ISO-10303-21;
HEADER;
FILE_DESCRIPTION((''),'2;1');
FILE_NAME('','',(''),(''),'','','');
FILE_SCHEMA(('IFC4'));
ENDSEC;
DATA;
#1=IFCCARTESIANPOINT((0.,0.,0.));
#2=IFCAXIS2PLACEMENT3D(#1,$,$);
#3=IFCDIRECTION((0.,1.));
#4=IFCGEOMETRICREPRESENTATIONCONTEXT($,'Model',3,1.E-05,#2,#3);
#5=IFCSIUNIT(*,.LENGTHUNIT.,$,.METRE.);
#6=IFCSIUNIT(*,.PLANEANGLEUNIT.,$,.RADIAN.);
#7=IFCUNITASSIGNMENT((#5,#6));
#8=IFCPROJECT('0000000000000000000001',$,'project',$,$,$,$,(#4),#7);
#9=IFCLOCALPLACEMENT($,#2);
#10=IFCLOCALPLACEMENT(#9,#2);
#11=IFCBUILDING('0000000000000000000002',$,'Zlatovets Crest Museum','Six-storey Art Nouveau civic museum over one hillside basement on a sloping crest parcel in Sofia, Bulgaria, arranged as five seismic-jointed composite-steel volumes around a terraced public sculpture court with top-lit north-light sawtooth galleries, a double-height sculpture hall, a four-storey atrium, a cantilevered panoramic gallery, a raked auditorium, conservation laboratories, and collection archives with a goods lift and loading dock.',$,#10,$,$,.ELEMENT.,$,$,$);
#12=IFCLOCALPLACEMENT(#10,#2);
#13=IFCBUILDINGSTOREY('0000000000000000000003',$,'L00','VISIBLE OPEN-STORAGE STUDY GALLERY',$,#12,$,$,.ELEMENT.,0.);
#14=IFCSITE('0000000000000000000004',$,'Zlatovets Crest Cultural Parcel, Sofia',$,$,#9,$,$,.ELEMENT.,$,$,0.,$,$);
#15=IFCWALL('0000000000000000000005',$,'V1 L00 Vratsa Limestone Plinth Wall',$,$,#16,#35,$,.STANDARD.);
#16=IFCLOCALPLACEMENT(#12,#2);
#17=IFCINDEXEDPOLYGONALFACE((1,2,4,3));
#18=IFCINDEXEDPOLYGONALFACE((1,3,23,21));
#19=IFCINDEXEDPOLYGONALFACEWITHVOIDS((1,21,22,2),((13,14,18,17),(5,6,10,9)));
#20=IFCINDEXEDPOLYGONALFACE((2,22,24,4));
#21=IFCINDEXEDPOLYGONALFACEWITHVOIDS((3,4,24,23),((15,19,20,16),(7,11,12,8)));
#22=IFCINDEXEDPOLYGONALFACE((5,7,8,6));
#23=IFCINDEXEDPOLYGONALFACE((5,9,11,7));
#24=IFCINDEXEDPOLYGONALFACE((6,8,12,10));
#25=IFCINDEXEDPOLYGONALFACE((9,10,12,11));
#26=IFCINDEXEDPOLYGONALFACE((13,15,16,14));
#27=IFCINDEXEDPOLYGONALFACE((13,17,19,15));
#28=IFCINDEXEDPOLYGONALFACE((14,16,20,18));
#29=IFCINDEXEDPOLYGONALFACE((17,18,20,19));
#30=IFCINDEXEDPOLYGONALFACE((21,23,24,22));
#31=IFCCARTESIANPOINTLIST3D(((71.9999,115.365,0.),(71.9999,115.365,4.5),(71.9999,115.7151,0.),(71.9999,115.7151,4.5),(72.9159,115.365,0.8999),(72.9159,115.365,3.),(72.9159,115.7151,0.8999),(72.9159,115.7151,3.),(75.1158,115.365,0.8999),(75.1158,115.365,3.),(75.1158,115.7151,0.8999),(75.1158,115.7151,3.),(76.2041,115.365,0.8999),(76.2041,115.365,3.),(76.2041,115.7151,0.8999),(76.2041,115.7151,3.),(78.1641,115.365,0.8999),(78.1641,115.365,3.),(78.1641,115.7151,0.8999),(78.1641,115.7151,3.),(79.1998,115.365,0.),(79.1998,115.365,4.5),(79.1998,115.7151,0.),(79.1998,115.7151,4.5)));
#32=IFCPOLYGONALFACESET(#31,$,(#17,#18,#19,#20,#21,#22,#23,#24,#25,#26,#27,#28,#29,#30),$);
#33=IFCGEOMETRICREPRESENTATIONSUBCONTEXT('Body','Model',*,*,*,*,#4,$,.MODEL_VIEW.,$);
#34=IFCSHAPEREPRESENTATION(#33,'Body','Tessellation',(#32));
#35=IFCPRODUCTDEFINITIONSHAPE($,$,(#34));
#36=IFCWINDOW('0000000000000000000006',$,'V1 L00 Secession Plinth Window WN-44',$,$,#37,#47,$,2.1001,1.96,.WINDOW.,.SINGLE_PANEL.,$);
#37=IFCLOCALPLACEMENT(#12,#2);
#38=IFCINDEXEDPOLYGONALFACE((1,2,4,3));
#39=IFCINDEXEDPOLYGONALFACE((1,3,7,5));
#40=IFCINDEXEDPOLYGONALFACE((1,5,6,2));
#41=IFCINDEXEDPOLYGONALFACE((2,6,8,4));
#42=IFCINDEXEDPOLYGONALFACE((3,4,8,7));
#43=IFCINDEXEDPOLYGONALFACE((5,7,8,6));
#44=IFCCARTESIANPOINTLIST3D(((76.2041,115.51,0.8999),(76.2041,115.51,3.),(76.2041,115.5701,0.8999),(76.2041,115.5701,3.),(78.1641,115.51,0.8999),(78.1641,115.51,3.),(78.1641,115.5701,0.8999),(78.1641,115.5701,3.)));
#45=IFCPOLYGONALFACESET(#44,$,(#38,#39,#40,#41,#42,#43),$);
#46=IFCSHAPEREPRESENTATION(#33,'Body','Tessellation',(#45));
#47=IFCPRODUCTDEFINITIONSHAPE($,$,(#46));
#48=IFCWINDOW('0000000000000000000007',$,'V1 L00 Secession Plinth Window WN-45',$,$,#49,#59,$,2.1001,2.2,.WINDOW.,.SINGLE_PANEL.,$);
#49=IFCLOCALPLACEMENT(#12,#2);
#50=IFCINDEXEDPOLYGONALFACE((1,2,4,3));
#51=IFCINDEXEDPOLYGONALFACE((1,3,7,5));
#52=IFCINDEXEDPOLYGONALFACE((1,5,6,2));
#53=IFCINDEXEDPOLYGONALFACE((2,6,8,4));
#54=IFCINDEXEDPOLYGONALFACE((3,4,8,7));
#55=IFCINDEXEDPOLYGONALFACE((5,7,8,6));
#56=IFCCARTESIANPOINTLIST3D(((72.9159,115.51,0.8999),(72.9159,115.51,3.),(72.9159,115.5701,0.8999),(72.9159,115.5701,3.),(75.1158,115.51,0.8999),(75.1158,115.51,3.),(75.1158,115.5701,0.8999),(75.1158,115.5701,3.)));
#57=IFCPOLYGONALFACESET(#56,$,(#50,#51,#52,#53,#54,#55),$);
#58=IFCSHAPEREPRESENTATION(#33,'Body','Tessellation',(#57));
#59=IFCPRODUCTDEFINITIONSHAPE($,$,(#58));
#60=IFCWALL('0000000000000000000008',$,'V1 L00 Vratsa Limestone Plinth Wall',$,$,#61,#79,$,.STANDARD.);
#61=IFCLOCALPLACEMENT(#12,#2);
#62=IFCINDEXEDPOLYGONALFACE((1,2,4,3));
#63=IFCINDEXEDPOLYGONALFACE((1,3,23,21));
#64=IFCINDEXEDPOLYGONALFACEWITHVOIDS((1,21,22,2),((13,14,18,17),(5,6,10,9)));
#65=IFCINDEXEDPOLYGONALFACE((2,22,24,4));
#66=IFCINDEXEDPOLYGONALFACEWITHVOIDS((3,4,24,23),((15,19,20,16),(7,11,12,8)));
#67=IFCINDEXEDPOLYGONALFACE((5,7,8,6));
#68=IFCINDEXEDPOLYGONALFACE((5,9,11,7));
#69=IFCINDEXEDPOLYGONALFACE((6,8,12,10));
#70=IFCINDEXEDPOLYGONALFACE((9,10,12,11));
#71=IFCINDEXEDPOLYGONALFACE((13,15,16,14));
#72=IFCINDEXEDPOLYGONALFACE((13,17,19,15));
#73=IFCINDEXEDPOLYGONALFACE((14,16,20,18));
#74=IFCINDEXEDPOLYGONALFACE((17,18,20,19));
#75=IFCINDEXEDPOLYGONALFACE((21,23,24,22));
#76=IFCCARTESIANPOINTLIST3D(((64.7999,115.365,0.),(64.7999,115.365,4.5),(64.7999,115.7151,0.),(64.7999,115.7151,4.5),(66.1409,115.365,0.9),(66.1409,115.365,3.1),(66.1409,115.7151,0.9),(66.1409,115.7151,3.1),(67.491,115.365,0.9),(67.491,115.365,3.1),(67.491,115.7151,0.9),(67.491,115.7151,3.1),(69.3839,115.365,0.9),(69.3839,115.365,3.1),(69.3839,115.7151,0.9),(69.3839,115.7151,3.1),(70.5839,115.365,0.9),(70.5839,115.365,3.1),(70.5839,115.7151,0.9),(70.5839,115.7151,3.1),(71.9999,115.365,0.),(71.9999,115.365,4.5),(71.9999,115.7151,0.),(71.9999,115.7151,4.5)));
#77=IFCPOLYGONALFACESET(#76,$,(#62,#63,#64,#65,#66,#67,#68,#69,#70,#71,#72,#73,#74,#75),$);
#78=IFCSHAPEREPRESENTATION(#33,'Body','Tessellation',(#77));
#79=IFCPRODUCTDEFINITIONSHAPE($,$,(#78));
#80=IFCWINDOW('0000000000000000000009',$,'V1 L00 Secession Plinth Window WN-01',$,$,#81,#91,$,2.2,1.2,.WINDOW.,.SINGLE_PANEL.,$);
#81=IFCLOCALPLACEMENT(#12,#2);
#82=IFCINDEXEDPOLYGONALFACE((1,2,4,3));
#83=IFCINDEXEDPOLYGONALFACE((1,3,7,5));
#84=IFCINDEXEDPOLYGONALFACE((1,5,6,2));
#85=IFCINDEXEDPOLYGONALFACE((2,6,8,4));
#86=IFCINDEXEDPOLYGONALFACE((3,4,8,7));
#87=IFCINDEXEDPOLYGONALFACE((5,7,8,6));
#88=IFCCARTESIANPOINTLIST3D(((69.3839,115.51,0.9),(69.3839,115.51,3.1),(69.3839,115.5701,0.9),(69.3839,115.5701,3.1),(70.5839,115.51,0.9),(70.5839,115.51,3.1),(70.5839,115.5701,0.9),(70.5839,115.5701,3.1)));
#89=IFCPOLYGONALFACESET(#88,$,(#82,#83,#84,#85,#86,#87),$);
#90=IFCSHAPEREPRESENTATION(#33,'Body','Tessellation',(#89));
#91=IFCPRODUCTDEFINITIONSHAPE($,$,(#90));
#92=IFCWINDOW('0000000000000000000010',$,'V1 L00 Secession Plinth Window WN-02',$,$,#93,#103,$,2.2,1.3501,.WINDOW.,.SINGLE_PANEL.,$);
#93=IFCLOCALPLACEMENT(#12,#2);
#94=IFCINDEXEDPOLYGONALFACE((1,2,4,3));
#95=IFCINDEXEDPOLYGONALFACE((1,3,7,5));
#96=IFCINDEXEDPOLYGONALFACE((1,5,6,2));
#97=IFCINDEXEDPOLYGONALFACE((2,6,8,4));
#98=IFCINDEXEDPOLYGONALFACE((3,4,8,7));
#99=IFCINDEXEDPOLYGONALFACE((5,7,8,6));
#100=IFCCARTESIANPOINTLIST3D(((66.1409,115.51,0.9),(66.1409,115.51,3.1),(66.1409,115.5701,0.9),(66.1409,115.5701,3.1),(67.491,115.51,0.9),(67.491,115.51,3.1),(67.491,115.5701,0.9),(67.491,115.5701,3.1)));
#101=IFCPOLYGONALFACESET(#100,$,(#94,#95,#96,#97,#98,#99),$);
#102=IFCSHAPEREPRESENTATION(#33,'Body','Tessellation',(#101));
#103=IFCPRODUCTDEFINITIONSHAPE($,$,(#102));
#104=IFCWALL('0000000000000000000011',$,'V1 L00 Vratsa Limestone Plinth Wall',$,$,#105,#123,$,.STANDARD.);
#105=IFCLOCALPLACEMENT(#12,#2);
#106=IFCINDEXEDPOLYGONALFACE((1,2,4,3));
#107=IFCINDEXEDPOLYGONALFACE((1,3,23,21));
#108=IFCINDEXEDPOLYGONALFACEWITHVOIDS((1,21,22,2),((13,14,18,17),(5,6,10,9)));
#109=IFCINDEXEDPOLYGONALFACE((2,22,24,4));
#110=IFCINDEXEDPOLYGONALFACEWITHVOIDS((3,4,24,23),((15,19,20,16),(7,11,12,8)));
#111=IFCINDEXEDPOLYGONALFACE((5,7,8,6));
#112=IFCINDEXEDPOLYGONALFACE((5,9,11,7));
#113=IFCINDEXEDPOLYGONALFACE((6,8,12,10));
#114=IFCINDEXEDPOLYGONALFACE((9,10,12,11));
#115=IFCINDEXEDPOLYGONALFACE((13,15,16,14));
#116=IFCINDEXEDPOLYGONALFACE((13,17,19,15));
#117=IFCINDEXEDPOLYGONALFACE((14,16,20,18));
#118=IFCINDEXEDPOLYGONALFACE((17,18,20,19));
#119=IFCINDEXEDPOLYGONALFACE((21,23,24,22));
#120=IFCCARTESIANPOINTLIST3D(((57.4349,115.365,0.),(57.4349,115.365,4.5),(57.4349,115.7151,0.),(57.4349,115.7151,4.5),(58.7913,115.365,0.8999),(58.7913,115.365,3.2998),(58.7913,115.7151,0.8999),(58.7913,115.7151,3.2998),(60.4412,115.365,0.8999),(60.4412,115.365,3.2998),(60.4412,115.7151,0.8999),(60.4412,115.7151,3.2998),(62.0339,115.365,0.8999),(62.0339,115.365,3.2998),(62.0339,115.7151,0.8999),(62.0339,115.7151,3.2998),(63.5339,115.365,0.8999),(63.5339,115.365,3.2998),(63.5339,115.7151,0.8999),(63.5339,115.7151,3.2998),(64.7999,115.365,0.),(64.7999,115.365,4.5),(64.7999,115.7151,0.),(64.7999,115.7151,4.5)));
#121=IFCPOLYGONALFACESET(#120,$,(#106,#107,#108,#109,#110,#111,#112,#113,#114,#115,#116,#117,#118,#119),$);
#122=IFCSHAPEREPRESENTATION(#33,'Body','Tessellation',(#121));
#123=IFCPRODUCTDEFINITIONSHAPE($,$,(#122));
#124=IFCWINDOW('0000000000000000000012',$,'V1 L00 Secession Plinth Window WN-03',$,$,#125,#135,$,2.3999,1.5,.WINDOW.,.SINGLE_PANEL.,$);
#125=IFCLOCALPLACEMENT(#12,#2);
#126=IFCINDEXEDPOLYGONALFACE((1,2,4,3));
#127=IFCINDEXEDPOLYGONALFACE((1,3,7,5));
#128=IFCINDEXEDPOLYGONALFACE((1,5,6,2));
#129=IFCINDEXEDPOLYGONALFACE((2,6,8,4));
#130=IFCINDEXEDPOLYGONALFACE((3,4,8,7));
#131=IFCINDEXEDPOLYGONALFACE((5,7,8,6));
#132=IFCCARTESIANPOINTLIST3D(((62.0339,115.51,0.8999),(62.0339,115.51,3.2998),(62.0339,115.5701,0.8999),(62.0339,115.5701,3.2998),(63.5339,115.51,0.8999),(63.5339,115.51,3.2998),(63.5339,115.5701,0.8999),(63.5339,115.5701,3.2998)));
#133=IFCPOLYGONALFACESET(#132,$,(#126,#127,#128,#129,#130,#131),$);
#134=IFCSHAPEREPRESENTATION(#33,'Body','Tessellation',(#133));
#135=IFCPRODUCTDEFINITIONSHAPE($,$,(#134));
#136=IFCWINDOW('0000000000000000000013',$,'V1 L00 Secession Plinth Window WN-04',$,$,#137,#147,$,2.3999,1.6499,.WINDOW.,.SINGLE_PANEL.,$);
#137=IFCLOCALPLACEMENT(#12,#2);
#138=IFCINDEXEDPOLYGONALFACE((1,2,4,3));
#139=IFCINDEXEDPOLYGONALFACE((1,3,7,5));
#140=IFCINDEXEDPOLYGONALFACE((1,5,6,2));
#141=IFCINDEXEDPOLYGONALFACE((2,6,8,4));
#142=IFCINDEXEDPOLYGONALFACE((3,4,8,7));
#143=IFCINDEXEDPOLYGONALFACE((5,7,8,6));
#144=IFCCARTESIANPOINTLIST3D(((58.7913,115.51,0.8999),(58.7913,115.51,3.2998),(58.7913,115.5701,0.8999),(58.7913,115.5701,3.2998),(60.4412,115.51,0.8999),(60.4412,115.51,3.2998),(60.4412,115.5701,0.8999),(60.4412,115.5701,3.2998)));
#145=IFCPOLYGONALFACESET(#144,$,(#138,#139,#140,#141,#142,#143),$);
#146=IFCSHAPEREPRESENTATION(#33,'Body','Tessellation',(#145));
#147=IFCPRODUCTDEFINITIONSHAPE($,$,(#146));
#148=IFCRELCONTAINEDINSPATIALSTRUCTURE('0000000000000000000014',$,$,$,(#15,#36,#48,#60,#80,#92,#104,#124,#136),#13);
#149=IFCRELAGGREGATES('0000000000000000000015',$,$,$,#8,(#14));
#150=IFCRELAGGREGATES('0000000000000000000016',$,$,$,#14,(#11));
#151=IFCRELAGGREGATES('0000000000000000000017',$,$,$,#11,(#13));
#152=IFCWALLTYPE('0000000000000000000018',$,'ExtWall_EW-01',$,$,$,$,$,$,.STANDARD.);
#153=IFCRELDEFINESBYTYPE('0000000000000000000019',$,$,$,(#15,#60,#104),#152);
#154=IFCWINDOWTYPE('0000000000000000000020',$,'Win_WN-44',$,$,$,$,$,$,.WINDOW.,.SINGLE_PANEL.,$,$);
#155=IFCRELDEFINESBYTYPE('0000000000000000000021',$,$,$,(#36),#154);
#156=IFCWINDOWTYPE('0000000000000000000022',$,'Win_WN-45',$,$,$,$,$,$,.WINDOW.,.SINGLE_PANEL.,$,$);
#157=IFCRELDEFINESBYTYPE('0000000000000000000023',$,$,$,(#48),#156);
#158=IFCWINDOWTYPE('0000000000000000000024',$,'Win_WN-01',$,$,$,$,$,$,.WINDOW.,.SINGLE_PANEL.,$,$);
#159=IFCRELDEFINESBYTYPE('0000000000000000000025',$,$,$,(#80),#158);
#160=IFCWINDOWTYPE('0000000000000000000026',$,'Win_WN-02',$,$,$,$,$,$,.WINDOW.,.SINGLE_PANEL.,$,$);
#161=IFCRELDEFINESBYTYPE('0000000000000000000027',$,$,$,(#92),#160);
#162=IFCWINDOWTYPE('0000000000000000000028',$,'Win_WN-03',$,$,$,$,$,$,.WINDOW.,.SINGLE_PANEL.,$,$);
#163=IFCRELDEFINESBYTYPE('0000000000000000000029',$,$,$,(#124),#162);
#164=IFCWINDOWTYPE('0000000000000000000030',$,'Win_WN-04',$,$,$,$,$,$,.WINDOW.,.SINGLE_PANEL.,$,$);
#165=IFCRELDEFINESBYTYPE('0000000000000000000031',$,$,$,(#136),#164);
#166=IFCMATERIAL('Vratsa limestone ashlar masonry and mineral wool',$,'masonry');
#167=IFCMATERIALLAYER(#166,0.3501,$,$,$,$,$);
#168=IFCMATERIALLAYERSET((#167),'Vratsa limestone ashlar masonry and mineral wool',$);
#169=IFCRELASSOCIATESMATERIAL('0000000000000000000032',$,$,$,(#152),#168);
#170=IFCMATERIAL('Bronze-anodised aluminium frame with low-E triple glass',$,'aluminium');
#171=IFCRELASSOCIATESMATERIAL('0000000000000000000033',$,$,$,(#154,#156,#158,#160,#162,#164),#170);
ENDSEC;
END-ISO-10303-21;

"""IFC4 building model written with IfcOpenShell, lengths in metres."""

from ifc_helpers import new_model, si_unit, direction, frame, frame_2d, origin, place, context, subcontext, project, spatial, rectangle, extrude, material, layer, layer_set, type_object, element, fill, save


model = new_model("IFC4")

# Units and contexts
model_context = context("Model", 3, precision=1e-05, world=origin(), true_north=direction((0.0, 1.0)))
body_context = subcontext(model_context, "Body", "Model", "MODEL_VIEW")
ifc_project = project(units=[si_unit("LENGTHUNIT", "METRE"), si_unit("PLANEANGLEUNIT", "RADIAN")], contexts=[model_context])

# Site, building, storey
site_placement = place(None, origin())
site = spatial("IfcSite", under=ifc_project, at=site_placement, Name="Zlatovets Crest Cultural Parcel, Sofia", CompositionType="ELEMENT", RefElevation=0.0)
building_placement = place(site_placement, origin())
building = spatial("IfcBuilding", under=site, at=building_placement, Name="Zlatovets Crest Museum", Description="Six-storey Art Nouveau civic museum over one hillside basement on a sloping crest parcel in Sofia, Bulgaria, arranged as five seismic-jointed composite-steel volumes around a terraced public sculpture court with top-lit north-light sawtooth galleries, a double-height sculpture hall, a four-storey atrium, a cantilevered panoramic gallery, a raked auditorium, conservation laboratories, and collection archives with a goods lift and loading dock.", CompositionType="ELEMENT")
storey_placement = place(building_placement, origin())
storey = spatial("IfcBuildingStorey", under=building, at=storey_placement, Name="L00", Description="VISIBLE OPEN-STORAGE STUDY GALLERY", CompositionType="ELEMENT", Elevation=0.0)

# Walls, openings, windows
ifc_material_1 = material(Name="Vratsa limestone ashlar masonry and mineral wool", Category="masonry")
ifc_layer_1 = layer(ifc_material_1, 0.3501)
ifc_layer_set_1 = layer_set([ifc_layer_1], Name="Vratsa limestone ashlar masonry and mineral wool")
wall_type_1 = type_object("IfcWallType", Name="ExtWall_EW-01", PredefinedType="STANDARD", material=ifc_layer_set_1)
wall_1_placement = place(storey_placement, frame((79.2, 115.54, 0.0), z_axis=(0.0, 0.0, 1.0), x_axis=(-1.0, 0.0, 0.0)))
wall_1 = element("IfcWall", 1, at=wall_1_placement, inside=storey, type_object=wall_type_1, Name="V1 L00 Vratsa Limestone Plinth Wall", PredefinedType="STANDARD", context=body_context, shape_type="SweptSolid", body=[
    extrude(rectangle(XDim=7.2, YDim=0.3501, at=frame_2d((3.6001, 0.0))), origin(), (0.0, 0.0, 1.0), 4.5),
])
opening_1_placement = place(wall_1_placement, frame((1.0359, 0.0, 0.8999)))
opening_1 = element("IfcOpeningElement", 2, at=opening_1_placement, cuts=wall_1, PredefinedType="OPENING", context=body_context, shape_type="SweptSolid", body=[
    extrude(rectangle(XDim=1.96, YDim=2.1001, at=frame_2d((0.98, 1.05))), frame((0.0, 0.1851, 0.0), z_axis=(0.0, -1.0, 0.0), x_axis=(1.0, 0.0, 0.0)), (0.0, 0.0, 1.0), 0.3701),
])
opening_2_placement = place(wall_1_placement, frame((4.084, 0.0, 0.8999)))
opening_2 = element("IfcOpeningElement", 3, at=opening_2_placement, cuts=wall_1, PredefinedType="OPENING", context=body_context, shape_type="SweptSolid", body=[
    extrude(rectangle(XDim=2.2, YDim=2.1001, at=frame_2d((1.1001, 1.05))), frame((0.0, 0.1851, 0.0), z_axis=(0.0, -1.0, 0.0), x_axis=(1.0, 0.0, 0.0)), (0.0, 0.0, 1.0), 0.3701),
])
ifc_material_2 = material(Name="Bronze-anodised aluminium frame with low-E triple glass", Category="aluminium")
window_type_1 = type_object("IfcWindowType", Name="Win_WN-44", PartitioningType="SINGLE_PANEL", PredefinedType="WINDOW", material=ifc_material_2)
window_1_placement = place(opening_1_placement, origin())
window_1 = element("IfcWindow", 4, at=window_1_placement, inside=storey, type_object=window_type_1, Name="V1 L00 Secession Plinth Window WN-44", OverallHeight=2.1001, OverallWidth=1.96, PartitioningType="SINGLE_PANEL", PredefinedType="WINDOW", context=body_context, shape_type="SweptSolid", body=[
    extrude(rectangle(XDim=1.96, YDim=2.1001, at=frame_2d((0.98, 1.05))), frame((0.0, 0.03, 0.0), z_axis=(0.0, -1.0, 0.0), x_axis=(1.0, 0.0, 0.0)), (0.0, 0.0, 1.0), 0.0601),
])
fill(opening_1, window_1)
window_type_2 = type_object("IfcWindowType", Name="Win_WN-45", PartitioningType="SINGLE_PANEL", PredefinedType="WINDOW", material=ifc_material_2)
window_2_placement = place(opening_2_placement, origin())
window_2 = element("IfcWindow", 5, at=window_2_placement, inside=storey, type_object=window_type_2, Name="V1 L00 Secession Plinth Window WN-45", OverallHeight=2.1001, OverallWidth=2.2, PartitioningType="SINGLE_PANEL", PredefinedType="WINDOW", context=body_context, shape_type="SweptSolid", body=[
    extrude(rectangle(XDim=2.2, YDim=2.1001, at=frame_2d((1.1001, 1.05))), frame((0.0, 0.03, 0.0), z_axis=(0.0, -1.0, 0.0), x_axis=(1.0, 0.0, 0.0)), (0.0, 0.0, 1.0), 0.0601),
])
fill(opening_2, window_2)
wall_2_placement = place(storey_placement, frame((72.0, 115.54, 0.0), z_axis=(0.0, 0.0, 1.0), x_axis=(-1.0, 0.0, 0.0)))
wall_2 = element("IfcWall", 6, at=wall_2_placement, inside=storey, type_object=wall_type_1, Name="V1 L00 Vratsa Limestone Plinth Wall", PredefinedType="STANDARD", context=body_context, shape_type="SweptSolid", body=[
    extrude(rectangle(XDim=7.2, YDim=0.3501, at=frame_2d((3.6001, 0.0))), origin(), (0.0, 0.0, 1.0), 4.5),
])
opening_3_placement = place(wall_2_placement, frame((1.416, 0.0, 0.8999)))
opening_3 = element("IfcOpeningElement", 7, at=opening_3_placement, cuts=wall_2, PredefinedType="OPENING", context=body_context, shape_type="SweptSolid", body=[
    extrude(rectangle(XDim=1.2, YDim=2.2, at=frame_2d((0.6001, 1.1001))), frame((0.0, 0.1851, 0.0), z_axis=(0.0, -1.0, 0.0), x_axis=(1.0, 0.0, 0.0)), (0.0, 0.0, 1.0), 0.3701),
])
opening_4_placement = place(wall_2_placement, frame((4.509, 0.0, 0.8999)))
opening_4 = element("IfcOpeningElement", 8, at=opening_4_placement, cuts=wall_2, PredefinedType="OPENING", context=body_context, shape_type="SweptSolid", body=[
    extrude(rectangle(XDim=1.3501, YDim=2.2, at=frame_2d((0.675, 1.1001))), frame((0.0, 0.1851, 0.0), z_axis=(0.0, -1.0, 0.0), x_axis=(1.0, 0.0, 0.0)), (0.0, 0.0, 1.0), 0.3701),
])
window_type_3 = type_object("IfcWindowType", Name="Win_WN-01", PartitioningType="SINGLE_PANEL", PredefinedType="WINDOW", material=ifc_material_2)
window_3_placement = place(opening_3_placement, origin())
window_3 = element("IfcWindow", 9, at=window_3_placement, inside=storey, type_object=window_type_3, Name="V1 L00 Secession Plinth Window WN-01", OverallHeight=2.2, OverallWidth=1.2, PartitioningType="SINGLE_PANEL", PredefinedType="WINDOW", context=body_context, shape_type="SweptSolid", body=[
    extrude(rectangle(XDim=1.2, YDim=2.2, at=frame_2d((0.6001, 1.1001))), frame((0.0, 0.03, 0.0), z_axis=(0.0, -1.0, 0.0), x_axis=(1.0, 0.0, 0.0)), (0.0, 0.0, 1.0), 0.0601),
])
fill(opening_3, window_3)
window_type_4 = type_object("IfcWindowType", Name="Win_WN-02", PartitioningType="SINGLE_PANEL", PredefinedType="WINDOW", material=ifc_material_2)
window_4_placement = place(opening_4_placement, origin())
window_4 = element("IfcWindow", 10, at=window_4_placement, inside=storey, type_object=window_type_4, Name="V1 L00 Secession Plinth Window WN-02", OverallHeight=2.2, OverallWidth=1.3501, PartitioningType="SINGLE_PANEL", PredefinedType="WINDOW", context=body_context, shape_type="SweptSolid", body=[
    extrude(rectangle(XDim=1.3501, YDim=2.2, at=frame_2d((0.675, 1.1001))), frame((0.0, 0.03, 0.0), z_axis=(0.0, -1.0, 0.0), x_axis=(1.0, 0.0, 0.0)), (0.0, 0.0, 1.0), 0.0601),
])
fill(opening_4, window_4)
wall_3_placement = place(storey_placement, frame((64.8, 115.54, 0.0), z_axis=(0.0, 0.0, 1.0), x_axis=(-1.0, 0.0, 0.0)))
wall_3 = element("IfcWall", 11, at=wall_3_placement, inside=storey, type_object=wall_type_1, Name="V1 L00 Vratsa Limestone Plinth Wall", PredefinedType="STANDARD", context=body_context, shape_type="SweptSolid", body=[
    extrude(rectangle(XDim=7.365, YDim=0.3501, at=frame_2d((3.6826, 0.0))), origin(), (0.0, 0.0, 1.0), 4.5),
])
opening_5_placement = place(wall_3_placement, frame((1.2661, 0.0, 0.8999)))
opening_5 = element("IfcOpeningElement", 12, at=opening_5_placement, cuts=wall_3, PredefinedType="OPENING", context=body_context, shape_type="SweptSolid", body=[
    extrude(rectangle(XDim=1.5, YDim=2.3999, at=frame_2d((0.75, 1.2))), frame((0.0, 0.1851, 0.0), z_axis=(0.0, -1.0, 0.0), x_axis=(1.0, 0.0, 0.0)), (0.0, 0.0, 1.0), 0.3701),
])
opening_6_placement = place(wall_3_placement, frame((4.3589, 0.0, 0.8999)))
opening_6 = element("IfcOpeningElement", 13, at=opening_6_placement, cuts=wall_3, PredefinedType="OPENING", context=body_context, shape_type="SweptSolid", body=[
    extrude(rectangle(XDim=1.6499, YDim=2.3999, at=frame_2d((0.825, 1.2))), frame((0.0, 0.1851, 0.0), z_axis=(0.0, -1.0, 0.0), x_axis=(1.0, 0.0, 0.0)), (0.0, 0.0, 1.0), 0.3701),
])
window_type_5 = type_object("IfcWindowType", Name="Win_WN-03", PartitioningType="SINGLE_PANEL", PredefinedType="WINDOW", material=ifc_material_2)
window_5_placement = place(opening_5_placement, origin())
window_5 = element("IfcWindow", 14, at=window_5_placement, inside=storey, type_object=window_type_5, Name="V1 L00 Secession Plinth Window WN-03", OverallHeight=2.3999, OverallWidth=1.5, PartitioningType="SINGLE_PANEL", PredefinedType="WINDOW", context=body_context, shape_type="SweptSolid", body=[
    extrude(rectangle(XDim=1.5, YDim=2.3999, at=frame_2d((0.75, 1.2))), frame((0.0, 0.03, 0.0), z_axis=(0.0, -1.0, 0.0), x_axis=(1.0, 0.0, 0.0)), (0.0, 0.0, 1.0), 0.0601),
])
fill(opening_5, window_5)
window_type_6 = type_object("IfcWindowType", Name="Win_WN-04", PartitioningType="SINGLE_PANEL", PredefinedType="WINDOW", material=ifc_material_2)
window_6_placement = place(opening_6_placement, origin())
window_6 = element("IfcWindow", 15, at=window_6_placement, inside=storey, type_object=window_type_6, Name="V1 L00 Secession Plinth Window WN-04", OverallHeight=2.3999, OverallWidth=1.6499, PartitioningType="SINGLE_PANEL", PredefinedType="WINDOW", context=body_context, shape_type="SweptSolid", body=[
    extrude(rectangle(XDim=1.6499, YDim=2.3999, at=frame_2d((0.825, 1.2))), frame((0.0, 0.03, 0.0), z_axis=(0.0, -1.0, 0.0), x_axis=(1.0, 0.0, 0.0)), (0.0, 0.0, 1.0), 0.0601),
])
fill(opening_6, window_6)

save(model, "model.ifc")
